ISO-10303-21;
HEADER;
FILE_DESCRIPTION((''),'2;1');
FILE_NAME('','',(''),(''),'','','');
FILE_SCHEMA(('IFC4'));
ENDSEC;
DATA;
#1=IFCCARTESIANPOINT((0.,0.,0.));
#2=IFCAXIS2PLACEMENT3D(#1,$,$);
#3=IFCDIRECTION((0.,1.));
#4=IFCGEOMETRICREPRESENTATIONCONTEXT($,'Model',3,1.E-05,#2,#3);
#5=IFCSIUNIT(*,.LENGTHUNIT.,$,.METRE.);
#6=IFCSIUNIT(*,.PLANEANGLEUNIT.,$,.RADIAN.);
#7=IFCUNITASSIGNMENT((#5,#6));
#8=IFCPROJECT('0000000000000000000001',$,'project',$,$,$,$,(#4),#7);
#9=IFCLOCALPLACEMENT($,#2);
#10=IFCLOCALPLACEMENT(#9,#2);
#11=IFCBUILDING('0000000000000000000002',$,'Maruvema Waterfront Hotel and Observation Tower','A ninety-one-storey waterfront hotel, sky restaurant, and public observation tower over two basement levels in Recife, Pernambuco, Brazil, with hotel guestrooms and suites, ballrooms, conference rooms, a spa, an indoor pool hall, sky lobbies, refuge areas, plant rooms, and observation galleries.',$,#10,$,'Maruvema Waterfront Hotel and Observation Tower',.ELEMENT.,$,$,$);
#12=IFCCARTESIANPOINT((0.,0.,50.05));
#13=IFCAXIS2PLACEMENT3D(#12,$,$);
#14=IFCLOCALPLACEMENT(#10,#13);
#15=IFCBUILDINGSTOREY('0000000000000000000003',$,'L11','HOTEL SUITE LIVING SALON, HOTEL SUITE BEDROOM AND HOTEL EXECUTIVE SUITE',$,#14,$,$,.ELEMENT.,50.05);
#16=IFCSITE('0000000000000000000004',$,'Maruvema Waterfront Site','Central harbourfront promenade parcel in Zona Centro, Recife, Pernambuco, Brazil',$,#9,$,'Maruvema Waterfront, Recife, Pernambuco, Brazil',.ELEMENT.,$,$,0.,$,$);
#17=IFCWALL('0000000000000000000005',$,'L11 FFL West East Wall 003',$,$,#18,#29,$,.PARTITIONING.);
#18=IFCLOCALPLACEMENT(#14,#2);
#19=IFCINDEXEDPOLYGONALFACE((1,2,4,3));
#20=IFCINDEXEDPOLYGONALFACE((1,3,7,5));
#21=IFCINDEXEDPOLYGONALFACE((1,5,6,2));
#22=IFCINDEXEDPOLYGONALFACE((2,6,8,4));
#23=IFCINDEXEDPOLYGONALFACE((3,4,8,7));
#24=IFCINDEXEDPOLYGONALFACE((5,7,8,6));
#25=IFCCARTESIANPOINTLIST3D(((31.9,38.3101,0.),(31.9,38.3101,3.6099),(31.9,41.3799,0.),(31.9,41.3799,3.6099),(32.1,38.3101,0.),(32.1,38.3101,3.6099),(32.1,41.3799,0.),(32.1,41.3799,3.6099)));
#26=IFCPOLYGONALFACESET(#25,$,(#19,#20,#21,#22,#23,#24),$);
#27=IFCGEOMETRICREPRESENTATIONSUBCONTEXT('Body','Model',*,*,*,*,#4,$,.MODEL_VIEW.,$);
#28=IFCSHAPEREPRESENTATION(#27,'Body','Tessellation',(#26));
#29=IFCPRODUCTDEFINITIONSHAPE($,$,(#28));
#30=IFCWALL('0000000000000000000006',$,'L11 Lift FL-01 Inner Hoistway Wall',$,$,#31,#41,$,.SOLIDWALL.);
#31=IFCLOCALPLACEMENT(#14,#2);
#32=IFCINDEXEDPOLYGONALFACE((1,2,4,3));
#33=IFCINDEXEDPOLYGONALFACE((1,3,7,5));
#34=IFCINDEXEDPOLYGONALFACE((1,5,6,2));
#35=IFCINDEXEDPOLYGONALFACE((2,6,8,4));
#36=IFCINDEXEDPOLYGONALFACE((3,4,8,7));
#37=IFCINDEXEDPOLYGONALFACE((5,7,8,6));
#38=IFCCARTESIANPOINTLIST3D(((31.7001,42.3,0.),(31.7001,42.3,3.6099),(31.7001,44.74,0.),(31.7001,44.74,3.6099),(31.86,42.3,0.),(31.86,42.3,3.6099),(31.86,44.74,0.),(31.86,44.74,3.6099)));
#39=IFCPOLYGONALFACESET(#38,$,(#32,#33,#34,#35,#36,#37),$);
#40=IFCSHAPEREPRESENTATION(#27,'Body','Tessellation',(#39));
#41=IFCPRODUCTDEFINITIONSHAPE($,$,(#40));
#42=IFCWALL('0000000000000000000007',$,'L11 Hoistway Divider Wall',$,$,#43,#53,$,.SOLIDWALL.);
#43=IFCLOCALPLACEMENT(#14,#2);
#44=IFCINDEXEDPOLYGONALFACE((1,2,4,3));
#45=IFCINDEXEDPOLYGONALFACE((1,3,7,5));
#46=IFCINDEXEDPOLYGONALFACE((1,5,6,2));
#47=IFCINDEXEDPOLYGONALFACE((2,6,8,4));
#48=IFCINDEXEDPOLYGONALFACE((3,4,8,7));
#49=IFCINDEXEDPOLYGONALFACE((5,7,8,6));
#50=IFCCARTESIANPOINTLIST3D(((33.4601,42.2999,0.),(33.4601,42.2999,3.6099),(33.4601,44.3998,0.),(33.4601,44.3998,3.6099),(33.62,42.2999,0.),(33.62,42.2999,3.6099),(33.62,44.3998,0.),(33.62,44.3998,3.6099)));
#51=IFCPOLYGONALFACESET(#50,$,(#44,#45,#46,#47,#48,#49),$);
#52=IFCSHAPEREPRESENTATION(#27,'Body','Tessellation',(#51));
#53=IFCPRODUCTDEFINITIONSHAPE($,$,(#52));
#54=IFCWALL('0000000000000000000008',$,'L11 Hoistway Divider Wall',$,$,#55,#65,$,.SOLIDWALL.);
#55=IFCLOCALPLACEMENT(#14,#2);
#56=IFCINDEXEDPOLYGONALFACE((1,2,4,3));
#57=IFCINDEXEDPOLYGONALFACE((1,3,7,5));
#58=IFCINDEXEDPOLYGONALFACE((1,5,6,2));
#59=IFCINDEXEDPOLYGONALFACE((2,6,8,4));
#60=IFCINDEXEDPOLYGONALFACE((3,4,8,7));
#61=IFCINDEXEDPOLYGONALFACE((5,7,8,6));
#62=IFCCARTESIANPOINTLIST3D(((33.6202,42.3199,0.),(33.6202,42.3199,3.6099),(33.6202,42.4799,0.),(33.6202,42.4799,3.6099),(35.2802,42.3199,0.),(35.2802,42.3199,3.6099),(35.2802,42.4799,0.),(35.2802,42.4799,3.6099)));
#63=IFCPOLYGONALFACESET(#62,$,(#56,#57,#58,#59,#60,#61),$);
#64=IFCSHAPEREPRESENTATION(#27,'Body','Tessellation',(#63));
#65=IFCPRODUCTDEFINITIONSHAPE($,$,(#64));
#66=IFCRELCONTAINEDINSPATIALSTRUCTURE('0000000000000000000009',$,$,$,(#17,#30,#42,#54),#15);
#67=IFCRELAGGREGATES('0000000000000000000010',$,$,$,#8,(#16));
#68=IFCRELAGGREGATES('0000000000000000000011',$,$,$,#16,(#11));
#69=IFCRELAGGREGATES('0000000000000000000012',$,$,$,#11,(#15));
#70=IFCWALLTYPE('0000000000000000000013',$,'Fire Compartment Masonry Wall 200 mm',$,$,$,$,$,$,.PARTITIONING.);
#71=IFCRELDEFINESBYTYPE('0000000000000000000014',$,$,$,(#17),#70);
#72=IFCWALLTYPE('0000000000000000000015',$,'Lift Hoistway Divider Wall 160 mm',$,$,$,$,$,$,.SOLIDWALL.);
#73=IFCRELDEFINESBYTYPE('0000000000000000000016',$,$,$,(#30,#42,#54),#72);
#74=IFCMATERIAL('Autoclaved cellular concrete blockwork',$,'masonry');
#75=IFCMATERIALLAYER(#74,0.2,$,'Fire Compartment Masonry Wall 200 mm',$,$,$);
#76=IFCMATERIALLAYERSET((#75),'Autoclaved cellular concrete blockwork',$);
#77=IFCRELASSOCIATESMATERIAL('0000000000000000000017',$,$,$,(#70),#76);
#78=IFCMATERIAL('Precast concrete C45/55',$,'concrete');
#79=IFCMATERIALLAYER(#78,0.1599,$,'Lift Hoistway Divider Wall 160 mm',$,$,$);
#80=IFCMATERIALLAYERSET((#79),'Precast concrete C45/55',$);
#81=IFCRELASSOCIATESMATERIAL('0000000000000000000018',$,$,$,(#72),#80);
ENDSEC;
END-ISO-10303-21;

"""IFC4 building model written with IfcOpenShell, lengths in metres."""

from ifc_helpers import new_model, si_unit, direction, frame, frame_2d, origin, place, context, subcontext, project, spatial, rectangle, extrude, material, layer, layer_set, type_object, element, save


model = new_model("IFC4")

# Units and contexts
model_context = context("Model", 3, precision=1e-05, world=origin(), true_north=direction((0.0, 1.0)))
body_context = subcontext(model_context, "Body", "Model", "MODEL_VIEW")
ifc_project = project(units=[si_unit("LENGTHUNIT", "METRE"), si_unit("PLANEANGLEUNIT", "RADIAN")], contexts=[model_context])

# Site, building, storey
site_placement = place(None, origin())
site = spatial("IfcSite", under=ifc_project, at=site_placement, Name="Maruvema Waterfront Site", Description="Central harbourfront promenade parcel in Zona Centro, Recife, Pernambuco, Brazil", LongName="Maruvema Waterfront, Recife, Pernambuco, Brazil", CompositionType="ELEMENT", RefElevation=0.0)
building_placement = place(site_placement, origin())
building = spatial("IfcBuilding", under=site, at=building_placement, Name="Maruvema Waterfront Hotel and Observation Tower", Description="A ninety-one-storey waterfront hotel, sky restaurant, and public observation tower over two basement levels in Recife, Pernambuco, Brazil, with hotel guestrooms and suites, ballrooms, conference rooms, a spa, an indoor pool hall, sky lobbies, refuge areas, plant rooms, and observation galleries.", LongName="Maruvema Waterfront Hotel and Observation Tower", CompositionType="ELEMENT")
storey_placement = place(building_placement, frame((0.0, 0.0, 50.05)))
storey = spatial("IfcBuildingStorey", under=building, at=storey_placement, Name="L11", Description="HOTEL SUITE LIVING SALON, HOTEL SUITE BEDROOM AND HOTEL EXECUTIVE SUITE", CompositionType="ELEMENT", Elevation=50.05)

# Walls
ifc_material_1 = material(Name="Autoclaved cellular concrete blockwork", Category="masonry")
ifc_layer_1 = layer(ifc_material_1, 0.2, Name="Fire Compartment Masonry Wall 200 mm")
ifc_layer_set_1 = layer_set([ifc_layer_1], Name="Autoclaved cellular concrete blockwork")
wall_type_1 = type_object("IfcWallType", Name="Fire Compartment Masonry Wall 200 mm", PredefinedType="PARTITIONING", material=ifc_layer_set_1)
for number, where, z_axis, x_axis, name in (
    (1, (32.0, 38.3101, 0.0), (0.0, 0.0, 1.0), (0.0, 1.0, 0.0), "L11 FFL West East Wall 003"),
):
    element("IfcWall", number, at=place(storey_placement, frame(where, z_axis=z_axis, x_axis=x_axis)), inside=storey, type_object=wall_type_1, Name=name, PredefinedType="PARTITIONING", context=body_context, shape_type="SweptSolid", body=[
        extrude(rectangle(XDim=3.0698, YDim=0.2, at=frame_2d((1.5349, 0.0))), origin(), (0.0, 0.0, 1.0), 3.6099),
    ])
ifc_material_2 = material(Name="Precast concrete C45/55", Category="concrete")
ifc_layer_2 = layer(ifc_material_2, 0.1599, Name="Lift Hoistway Divider Wall 160 mm")
ifc_layer_set_2 = layer_set([ifc_layer_2], Name="Precast concrete C45/55")
wall_type_2 = type_object("IfcWallType", Name="Lift Hoistway Divider Wall 160 mm", PredefinedType="SOLIDWALL", material=ifc_layer_set_2)
wall_1_placement = place(storey_placement, frame((31.78, 42.3, 0.0), z_axis=(0.0, 0.0, 1.0), x_axis=(0.0, 1.0, 0.0)))
element("IfcWall", 2, at=wall_1_placement, inside=storey, type_object=wall_type_2, Name="L11 Lift FL-01 Inner Hoistway Wall", PredefinedType="SOLIDWALL", context=body_context, shape_type="SweptSolid", body=[
    extrude(rectangle(XDim=2.4399, YDim=0.1599, at=frame_2d((1.22, 0.0))), origin(), (0.0, 0.0, 1.0), 3.6099),
])
wall_2_placement = place(storey_placement, frame((33.54, 42.3, 0.0), z_axis=(0.0, 0.0, 1.0), x_axis=(0.0, 1.0, 0.0)))
element("IfcWall", 3, at=wall_2_placement, inside=storey, type_object=wall_type_2, Name="L11 Hoistway Divider Wall", PredefinedType="SOLIDWALL", context=body_context, shape_type="SweptSolid", body=[
    extrude(rectangle(XDim=2.0999, YDim=0.1599, at=frame_2d((1.0498, 0.0))), origin(), (0.0, 0.0, 1.0), 3.6099),
])
wall_3_placement = place(storey_placement, frame((33.6201, 42.3999, 0.0), z_axis=(0.0, 0.0, 1.0), x_axis=(1.0, 0.0, 0.0)))
element("IfcWall", 4, at=wall_3_placement, inside=storey, type_object=wall_type_2, Name="L11 Hoistway Divider Wall", PredefinedType="SOLIDWALL", context=body_context, shape_type="SweptSolid", body=[
    extrude(rectangle(XDim=1.6599, YDim=0.1599, at=frame_2d((0.8301, 0.0))), origin(), (0.0, 0.0, 1.0), 3.6099),
])

save(model, "model.ifc")
